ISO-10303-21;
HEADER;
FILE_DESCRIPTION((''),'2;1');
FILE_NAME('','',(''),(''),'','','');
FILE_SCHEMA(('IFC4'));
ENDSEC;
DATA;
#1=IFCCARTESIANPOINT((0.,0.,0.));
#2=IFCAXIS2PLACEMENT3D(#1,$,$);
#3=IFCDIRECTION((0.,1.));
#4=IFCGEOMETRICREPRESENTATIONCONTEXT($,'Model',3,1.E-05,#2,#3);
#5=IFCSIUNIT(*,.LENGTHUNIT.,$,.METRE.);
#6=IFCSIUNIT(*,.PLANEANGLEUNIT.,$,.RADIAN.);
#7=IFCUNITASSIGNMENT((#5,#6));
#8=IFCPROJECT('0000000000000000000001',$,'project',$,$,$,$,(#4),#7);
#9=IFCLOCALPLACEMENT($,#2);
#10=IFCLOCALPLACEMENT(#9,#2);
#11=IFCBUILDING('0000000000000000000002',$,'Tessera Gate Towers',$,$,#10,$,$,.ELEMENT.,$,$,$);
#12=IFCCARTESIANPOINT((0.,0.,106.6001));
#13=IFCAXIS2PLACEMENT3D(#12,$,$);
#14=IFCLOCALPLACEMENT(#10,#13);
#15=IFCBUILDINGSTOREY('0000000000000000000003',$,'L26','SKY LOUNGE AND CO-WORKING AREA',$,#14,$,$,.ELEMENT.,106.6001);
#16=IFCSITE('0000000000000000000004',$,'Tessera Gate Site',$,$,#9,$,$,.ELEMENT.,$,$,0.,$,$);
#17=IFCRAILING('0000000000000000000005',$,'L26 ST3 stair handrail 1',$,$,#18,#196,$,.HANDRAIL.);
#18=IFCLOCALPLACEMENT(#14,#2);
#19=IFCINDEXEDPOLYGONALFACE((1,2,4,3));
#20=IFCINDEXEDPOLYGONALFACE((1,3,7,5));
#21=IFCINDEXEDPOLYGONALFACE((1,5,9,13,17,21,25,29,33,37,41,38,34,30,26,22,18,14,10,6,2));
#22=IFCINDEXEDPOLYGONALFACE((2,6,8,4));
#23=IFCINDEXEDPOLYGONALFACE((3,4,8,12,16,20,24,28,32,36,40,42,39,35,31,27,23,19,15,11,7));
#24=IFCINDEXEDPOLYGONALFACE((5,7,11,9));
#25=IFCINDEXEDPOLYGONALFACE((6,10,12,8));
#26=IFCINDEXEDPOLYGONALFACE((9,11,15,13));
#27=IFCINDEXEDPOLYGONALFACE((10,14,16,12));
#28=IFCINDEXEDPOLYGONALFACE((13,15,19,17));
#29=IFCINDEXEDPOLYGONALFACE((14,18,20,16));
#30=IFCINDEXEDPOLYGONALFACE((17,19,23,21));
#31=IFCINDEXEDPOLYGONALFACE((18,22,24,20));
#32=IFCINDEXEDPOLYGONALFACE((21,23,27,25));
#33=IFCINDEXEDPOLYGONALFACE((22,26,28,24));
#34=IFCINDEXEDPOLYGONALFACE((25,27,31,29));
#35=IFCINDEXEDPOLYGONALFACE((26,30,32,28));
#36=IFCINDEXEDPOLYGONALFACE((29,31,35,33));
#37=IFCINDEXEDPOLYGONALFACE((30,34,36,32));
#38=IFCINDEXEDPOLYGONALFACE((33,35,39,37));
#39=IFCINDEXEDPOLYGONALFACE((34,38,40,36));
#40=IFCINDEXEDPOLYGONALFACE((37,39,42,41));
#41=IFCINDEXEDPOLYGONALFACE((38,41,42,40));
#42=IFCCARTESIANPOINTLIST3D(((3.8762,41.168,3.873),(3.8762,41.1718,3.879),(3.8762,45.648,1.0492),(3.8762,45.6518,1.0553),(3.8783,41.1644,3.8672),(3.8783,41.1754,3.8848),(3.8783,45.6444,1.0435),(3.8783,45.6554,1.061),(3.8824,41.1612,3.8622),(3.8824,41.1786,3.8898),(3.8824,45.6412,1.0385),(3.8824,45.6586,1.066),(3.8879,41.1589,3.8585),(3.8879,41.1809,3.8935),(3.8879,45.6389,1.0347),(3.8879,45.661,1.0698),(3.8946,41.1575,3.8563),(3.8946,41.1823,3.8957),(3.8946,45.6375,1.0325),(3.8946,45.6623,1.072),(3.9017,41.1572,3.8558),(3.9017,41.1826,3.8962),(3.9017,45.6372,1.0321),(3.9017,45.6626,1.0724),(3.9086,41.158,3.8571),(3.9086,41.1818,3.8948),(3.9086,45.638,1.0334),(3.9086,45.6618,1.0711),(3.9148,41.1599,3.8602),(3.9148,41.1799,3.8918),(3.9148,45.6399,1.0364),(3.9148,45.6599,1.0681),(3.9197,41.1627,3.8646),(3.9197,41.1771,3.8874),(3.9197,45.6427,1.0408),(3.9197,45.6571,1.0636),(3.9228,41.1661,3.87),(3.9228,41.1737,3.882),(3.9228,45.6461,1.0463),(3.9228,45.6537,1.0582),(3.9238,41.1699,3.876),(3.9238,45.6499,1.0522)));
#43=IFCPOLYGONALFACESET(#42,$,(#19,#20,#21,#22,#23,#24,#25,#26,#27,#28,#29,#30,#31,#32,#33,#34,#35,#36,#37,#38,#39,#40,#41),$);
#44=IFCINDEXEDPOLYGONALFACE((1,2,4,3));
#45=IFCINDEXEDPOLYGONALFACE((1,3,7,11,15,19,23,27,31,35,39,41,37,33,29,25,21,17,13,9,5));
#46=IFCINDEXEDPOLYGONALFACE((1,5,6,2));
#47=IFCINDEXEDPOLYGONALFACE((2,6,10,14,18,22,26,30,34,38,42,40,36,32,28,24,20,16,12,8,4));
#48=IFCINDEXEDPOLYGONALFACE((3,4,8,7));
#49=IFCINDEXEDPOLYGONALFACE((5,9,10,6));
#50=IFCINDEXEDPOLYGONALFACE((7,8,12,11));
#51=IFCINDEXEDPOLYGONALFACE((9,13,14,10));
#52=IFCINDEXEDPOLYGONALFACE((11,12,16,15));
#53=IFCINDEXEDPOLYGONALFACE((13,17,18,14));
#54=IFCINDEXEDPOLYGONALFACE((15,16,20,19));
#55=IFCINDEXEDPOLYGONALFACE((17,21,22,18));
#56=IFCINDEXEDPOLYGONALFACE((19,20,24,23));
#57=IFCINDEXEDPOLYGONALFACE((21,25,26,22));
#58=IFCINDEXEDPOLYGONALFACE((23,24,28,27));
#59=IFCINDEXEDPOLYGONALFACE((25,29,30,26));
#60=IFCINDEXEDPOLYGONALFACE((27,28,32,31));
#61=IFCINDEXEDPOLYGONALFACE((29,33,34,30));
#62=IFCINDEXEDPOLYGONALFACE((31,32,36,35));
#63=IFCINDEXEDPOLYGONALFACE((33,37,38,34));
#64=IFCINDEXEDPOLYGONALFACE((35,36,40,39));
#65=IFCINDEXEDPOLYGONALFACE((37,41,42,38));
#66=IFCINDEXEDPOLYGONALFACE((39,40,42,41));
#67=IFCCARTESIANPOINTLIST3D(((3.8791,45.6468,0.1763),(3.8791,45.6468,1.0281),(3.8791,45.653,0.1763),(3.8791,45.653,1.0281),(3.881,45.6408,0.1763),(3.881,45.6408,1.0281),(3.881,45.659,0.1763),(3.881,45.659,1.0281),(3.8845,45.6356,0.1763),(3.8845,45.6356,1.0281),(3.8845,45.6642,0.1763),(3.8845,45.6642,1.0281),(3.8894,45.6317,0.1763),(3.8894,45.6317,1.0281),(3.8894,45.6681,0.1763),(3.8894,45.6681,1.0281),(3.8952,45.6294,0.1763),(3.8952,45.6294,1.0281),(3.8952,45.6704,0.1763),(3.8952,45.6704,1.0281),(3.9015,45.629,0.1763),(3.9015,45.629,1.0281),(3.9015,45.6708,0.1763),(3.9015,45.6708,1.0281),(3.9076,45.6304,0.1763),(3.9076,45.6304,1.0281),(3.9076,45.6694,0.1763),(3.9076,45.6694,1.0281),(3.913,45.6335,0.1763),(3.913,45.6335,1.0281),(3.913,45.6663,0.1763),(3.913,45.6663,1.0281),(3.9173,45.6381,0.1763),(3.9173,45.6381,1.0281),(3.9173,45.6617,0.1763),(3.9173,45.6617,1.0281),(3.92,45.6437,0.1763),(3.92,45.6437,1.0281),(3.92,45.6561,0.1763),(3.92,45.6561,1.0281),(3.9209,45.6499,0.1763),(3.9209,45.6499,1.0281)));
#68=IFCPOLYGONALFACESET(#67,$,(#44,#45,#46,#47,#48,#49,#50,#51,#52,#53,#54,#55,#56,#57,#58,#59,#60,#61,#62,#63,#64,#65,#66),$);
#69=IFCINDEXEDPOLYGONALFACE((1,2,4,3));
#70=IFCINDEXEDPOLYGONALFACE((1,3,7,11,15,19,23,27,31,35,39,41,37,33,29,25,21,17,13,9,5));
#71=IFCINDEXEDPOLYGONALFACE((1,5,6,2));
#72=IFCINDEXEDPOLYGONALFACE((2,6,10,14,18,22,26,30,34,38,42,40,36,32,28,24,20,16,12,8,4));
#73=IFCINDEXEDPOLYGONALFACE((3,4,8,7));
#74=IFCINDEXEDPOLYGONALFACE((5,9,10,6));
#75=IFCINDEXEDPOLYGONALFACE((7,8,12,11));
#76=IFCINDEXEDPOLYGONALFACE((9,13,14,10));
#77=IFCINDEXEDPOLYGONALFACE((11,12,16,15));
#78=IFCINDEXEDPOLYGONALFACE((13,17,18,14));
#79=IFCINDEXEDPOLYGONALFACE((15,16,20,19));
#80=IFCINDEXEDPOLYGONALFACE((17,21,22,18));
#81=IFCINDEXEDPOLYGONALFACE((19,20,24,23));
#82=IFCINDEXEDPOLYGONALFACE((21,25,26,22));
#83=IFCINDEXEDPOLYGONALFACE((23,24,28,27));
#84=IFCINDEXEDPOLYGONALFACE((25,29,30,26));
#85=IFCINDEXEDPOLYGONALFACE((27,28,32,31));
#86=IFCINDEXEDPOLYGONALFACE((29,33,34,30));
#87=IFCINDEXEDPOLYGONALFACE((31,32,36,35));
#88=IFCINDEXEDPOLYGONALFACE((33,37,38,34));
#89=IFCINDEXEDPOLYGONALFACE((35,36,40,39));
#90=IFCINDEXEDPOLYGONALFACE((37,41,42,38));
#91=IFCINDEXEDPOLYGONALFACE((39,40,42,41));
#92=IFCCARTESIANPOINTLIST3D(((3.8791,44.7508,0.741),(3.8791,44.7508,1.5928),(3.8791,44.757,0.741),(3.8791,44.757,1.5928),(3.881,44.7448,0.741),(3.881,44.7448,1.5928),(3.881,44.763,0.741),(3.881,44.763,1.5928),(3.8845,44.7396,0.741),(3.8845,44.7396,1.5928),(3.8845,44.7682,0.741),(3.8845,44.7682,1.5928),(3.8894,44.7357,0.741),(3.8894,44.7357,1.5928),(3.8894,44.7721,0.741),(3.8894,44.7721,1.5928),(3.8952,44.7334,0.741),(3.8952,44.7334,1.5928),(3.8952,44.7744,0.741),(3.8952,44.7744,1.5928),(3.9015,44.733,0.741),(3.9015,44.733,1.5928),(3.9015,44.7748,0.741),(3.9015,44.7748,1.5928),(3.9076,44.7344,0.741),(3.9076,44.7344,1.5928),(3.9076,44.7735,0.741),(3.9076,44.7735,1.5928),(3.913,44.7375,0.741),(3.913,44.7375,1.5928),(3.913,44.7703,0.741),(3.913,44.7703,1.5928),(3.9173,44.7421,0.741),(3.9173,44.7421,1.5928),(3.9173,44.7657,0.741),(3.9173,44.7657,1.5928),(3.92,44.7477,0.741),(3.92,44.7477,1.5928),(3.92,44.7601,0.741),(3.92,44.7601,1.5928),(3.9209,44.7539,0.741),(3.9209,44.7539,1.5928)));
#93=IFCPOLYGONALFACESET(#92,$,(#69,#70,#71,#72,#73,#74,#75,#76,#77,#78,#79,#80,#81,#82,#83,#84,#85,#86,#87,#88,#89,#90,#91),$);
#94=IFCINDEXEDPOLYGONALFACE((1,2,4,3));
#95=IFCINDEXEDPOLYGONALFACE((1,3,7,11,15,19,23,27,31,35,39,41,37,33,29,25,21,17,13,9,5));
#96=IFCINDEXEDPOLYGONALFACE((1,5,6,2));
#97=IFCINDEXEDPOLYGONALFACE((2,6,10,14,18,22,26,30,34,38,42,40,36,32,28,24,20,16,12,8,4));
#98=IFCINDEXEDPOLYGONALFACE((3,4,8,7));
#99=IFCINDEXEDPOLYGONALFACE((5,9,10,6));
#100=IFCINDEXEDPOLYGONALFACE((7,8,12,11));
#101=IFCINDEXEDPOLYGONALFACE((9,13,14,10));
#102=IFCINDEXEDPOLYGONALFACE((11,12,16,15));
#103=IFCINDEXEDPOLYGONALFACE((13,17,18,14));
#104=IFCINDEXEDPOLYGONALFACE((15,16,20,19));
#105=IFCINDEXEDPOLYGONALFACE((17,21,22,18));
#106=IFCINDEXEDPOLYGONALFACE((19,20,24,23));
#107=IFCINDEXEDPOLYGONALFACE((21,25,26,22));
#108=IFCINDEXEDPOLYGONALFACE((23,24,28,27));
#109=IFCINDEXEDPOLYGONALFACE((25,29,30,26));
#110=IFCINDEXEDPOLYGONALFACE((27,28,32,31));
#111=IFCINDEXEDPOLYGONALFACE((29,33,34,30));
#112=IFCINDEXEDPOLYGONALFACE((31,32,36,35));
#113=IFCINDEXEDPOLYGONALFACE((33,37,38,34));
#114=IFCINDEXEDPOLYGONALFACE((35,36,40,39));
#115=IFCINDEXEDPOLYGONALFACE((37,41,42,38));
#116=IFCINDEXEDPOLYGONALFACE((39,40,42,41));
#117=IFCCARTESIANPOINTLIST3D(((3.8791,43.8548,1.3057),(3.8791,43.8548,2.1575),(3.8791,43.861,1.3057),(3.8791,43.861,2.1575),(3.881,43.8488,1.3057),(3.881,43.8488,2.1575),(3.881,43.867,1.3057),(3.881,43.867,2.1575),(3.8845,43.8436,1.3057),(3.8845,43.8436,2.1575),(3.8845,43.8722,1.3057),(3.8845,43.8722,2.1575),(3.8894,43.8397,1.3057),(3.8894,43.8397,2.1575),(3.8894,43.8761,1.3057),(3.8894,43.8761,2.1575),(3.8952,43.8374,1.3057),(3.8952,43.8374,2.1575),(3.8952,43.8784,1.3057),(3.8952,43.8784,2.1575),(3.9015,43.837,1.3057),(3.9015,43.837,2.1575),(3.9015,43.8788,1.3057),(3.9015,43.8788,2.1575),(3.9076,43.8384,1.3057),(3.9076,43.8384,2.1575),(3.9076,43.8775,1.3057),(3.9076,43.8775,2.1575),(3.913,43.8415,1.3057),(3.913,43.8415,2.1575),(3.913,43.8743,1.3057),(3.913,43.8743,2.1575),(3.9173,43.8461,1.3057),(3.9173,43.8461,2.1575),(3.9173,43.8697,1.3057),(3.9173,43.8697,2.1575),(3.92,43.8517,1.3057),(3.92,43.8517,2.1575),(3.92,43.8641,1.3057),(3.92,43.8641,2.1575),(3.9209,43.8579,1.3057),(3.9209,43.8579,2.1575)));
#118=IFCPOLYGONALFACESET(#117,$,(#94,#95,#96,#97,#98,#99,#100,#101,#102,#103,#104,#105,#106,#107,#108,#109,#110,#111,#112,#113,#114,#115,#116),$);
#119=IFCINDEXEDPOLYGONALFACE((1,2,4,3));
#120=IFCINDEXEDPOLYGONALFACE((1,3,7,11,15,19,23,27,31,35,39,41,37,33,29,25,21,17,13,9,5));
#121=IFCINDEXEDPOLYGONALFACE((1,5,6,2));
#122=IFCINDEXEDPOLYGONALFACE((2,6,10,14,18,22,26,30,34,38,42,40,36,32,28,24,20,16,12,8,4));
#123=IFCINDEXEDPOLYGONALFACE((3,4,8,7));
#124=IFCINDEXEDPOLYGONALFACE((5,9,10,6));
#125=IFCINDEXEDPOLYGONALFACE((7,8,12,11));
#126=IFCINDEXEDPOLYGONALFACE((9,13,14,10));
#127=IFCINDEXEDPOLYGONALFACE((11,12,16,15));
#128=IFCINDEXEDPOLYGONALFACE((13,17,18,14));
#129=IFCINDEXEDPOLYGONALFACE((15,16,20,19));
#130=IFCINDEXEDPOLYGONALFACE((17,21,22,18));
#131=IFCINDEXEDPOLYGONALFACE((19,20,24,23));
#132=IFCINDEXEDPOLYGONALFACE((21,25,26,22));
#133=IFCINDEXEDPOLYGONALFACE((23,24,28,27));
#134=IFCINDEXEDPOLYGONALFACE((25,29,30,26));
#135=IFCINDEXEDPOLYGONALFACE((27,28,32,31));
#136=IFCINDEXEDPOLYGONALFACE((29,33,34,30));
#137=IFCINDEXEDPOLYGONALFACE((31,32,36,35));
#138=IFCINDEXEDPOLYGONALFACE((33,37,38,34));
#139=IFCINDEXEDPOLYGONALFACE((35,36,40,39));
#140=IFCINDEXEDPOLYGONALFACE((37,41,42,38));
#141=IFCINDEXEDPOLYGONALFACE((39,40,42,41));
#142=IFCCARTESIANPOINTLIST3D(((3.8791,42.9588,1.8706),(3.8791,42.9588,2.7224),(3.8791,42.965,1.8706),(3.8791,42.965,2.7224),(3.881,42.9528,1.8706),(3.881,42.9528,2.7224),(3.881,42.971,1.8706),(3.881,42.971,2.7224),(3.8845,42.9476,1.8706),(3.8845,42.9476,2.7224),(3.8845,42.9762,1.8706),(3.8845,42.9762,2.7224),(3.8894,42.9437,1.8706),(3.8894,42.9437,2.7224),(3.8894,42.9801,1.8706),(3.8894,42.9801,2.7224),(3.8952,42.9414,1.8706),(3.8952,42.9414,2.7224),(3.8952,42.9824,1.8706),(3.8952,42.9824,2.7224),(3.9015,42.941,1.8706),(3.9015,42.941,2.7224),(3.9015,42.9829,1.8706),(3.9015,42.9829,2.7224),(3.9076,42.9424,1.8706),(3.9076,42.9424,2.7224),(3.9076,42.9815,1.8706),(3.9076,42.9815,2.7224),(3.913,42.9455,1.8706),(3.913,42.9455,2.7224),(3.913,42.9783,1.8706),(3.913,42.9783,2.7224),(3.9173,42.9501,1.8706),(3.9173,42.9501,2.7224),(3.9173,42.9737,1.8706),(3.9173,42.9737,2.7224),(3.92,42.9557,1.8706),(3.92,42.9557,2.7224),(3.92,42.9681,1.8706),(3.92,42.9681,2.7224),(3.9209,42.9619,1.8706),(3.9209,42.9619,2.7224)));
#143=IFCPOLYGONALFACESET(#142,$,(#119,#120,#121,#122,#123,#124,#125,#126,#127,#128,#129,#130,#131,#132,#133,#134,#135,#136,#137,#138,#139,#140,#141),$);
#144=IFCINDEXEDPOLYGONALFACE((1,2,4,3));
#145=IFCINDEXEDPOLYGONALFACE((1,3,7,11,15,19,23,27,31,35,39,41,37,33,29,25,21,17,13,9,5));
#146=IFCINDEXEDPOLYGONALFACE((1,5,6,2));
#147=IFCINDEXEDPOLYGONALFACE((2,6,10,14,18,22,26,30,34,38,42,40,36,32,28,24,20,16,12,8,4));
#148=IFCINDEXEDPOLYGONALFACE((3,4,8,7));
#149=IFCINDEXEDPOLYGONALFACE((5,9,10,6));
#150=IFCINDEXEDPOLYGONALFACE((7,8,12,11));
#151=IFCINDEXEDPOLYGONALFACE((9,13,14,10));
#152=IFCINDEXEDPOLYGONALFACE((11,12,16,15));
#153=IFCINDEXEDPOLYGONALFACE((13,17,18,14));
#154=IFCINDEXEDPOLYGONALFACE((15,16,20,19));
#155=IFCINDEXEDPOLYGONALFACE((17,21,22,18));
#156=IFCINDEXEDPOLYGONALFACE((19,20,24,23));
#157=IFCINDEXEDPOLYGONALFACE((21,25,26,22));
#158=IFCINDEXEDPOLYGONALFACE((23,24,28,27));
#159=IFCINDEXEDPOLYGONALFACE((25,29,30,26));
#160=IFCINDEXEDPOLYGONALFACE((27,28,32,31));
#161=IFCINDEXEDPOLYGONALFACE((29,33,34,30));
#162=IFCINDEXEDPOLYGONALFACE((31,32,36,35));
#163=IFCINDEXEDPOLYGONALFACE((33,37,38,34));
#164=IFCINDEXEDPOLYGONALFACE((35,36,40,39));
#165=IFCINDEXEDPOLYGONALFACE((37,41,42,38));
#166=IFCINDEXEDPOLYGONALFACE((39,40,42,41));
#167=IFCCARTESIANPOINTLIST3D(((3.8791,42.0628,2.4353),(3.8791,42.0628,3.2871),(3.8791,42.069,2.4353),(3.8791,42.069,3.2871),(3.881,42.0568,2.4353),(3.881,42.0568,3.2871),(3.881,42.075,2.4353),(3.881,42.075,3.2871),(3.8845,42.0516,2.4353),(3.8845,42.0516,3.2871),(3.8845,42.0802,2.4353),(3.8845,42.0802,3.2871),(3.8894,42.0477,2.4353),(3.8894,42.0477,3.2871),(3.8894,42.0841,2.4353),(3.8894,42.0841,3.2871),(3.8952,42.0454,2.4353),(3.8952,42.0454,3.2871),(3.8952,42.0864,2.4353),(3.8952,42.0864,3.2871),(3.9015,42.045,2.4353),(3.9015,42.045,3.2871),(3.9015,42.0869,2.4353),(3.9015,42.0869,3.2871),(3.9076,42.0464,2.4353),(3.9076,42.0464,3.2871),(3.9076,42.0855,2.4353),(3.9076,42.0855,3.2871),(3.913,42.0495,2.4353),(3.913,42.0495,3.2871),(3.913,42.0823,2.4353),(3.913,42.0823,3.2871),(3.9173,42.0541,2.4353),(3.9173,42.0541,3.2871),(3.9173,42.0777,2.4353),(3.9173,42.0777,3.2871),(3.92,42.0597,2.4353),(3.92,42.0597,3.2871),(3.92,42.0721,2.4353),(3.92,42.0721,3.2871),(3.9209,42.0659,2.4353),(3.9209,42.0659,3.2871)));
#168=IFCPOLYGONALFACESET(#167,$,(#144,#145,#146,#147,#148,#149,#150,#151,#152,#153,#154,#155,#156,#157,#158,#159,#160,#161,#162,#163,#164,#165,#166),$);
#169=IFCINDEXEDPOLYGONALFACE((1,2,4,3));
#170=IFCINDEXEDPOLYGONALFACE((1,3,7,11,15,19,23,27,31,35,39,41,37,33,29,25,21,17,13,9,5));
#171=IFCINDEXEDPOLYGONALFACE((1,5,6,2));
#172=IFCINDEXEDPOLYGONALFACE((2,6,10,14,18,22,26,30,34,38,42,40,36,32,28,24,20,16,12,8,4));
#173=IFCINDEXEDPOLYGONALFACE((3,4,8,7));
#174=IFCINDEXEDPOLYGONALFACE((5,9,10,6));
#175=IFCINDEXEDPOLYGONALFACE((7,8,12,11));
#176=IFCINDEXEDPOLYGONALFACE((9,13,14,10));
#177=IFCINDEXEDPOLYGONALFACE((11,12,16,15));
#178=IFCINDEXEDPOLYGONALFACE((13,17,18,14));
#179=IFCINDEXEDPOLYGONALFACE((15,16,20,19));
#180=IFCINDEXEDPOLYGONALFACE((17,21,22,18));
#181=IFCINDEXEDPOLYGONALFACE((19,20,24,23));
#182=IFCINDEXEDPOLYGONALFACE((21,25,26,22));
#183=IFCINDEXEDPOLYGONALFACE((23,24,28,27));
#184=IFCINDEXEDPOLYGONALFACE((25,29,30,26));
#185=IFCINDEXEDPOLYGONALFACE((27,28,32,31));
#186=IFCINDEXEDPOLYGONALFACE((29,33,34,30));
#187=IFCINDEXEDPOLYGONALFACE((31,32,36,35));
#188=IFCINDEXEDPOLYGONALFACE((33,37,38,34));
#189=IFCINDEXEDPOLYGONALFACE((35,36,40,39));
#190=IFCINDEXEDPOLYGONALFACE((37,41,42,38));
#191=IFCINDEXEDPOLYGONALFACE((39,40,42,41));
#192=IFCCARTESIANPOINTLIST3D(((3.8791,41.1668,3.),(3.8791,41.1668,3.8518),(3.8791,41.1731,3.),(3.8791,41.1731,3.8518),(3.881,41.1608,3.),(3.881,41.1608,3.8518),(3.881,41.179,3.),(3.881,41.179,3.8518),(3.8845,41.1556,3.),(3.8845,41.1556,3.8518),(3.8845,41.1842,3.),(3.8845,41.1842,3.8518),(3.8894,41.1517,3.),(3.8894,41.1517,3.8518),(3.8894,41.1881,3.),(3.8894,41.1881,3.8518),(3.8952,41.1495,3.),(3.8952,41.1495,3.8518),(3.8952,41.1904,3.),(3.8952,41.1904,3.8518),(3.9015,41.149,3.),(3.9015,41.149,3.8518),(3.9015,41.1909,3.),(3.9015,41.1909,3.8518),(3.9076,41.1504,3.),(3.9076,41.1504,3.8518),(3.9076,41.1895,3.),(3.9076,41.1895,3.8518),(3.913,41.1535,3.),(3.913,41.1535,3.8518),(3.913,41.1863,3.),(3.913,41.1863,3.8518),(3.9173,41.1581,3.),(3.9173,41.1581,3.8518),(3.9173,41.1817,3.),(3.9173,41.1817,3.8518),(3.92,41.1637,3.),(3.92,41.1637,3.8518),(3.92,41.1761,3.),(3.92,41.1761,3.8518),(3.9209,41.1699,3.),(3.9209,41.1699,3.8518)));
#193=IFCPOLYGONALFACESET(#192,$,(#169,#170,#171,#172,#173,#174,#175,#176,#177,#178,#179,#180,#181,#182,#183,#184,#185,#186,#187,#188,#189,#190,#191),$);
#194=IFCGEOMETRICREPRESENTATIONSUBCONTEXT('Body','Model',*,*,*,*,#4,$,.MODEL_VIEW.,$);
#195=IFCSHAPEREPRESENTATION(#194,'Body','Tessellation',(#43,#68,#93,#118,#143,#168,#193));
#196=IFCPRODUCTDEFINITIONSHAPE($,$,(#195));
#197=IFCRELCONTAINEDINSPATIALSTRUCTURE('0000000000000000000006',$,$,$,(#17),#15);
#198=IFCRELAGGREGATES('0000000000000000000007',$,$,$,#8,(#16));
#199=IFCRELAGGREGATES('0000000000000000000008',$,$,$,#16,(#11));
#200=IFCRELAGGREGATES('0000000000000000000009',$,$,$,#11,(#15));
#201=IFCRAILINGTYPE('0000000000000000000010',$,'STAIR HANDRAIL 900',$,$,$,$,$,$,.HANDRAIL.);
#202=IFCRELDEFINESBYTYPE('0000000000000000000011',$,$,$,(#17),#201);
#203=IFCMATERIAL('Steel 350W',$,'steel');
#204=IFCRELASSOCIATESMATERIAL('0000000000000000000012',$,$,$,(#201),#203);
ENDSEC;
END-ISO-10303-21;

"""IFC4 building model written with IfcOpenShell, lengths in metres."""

from ifc_helpers import new_model, si_unit, direction, frame, origin, origin_2d, place, context, subcontext, project, spatial, circle, extrude, material, type_object, element, save


model = new_model("IFC4")

# Units and contexts
model_context = context("Model", 3, precision=1e-05, world=origin(), true_north=direction((0.0, 1.0)))
body_context = subcontext(model_context, "Body", "Model", "MODEL_VIEW")
ifc_project = project(units=[si_unit("LENGTHUNIT", "METRE"), si_unit("PLANEANGLEUNIT", "RADIAN")], contexts=[model_context])

# Site, building, storey
site_placement = place(None, origin())
site = spatial("IfcSite", under=ifc_project, at=site_placement, Name="Tessera Gate Site", CompositionType="ELEMENT", RefElevation=0.0)
building_placement = place(site_placement, origin())
building = spatial("IfcBuilding", under=site, at=building_placement, Name="Tessera Gate Towers", CompositionType="ELEMENT")
storey_placement = place(building_placement, frame((0.0, 0.0, 106.6001)))
storey = spatial("IfcBuildingStorey", under=building, at=storey_placement, Name="L26", Description="SKY LOUNGE AND CO-WORKING AREA", CompositionType="ELEMENT", Elevation=106.6001)

# Railing
ifc_material_1 = material(Name="Steel 350W", Category="steel")
railing_type = type_object("IfcRailingType", Name="STAIR HANDRAIL 900", PredefinedType="HANDRAIL", material=ifc_material_1)
railing_1_placement = place(storey_placement, frame((3.8999, 45.6499, 0.1763)))
element("IfcRailing", 1, at=railing_1_placement, inside=storey, type_object=railing_type, Name="L26 ST3 stair handrail 1", PredefinedType="HANDRAIL", context=body_context, shape_type="SweptSolid", body=[
    extrude(circle(Radius=0.0239, at=origin_2d()), frame((0.0, 0.0, 0.876), z_axis=(0.0, -0.845977, 0.533219), x_axis=(1.0, 0.0, 0.0)), (0.0, 0.0, 1.0), 5.2957),
    extrude(circle(Radius=0.021, at=origin_2d()), origin(), (0.0, 0.0, 1.0), 0.8518),
    extrude(circle(Radius=0.021, at=origin_2d()), frame((0.0, -0.896, 0.5647)), (0.0, 0.0, 1.0), 0.8518),
    extrude(circle(Radius=0.021, at=origin_2d()), frame((0.0, -1.792, 1.1294)), (0.0, 0.0, 1.0), 0.8518),
    extrude(circle(Radius=0.021, at=origin_2d()), frame((0.0, -2.688, 1.6943)), (0.0, 0.0, 1.0), 0.8518),
    extrude(circle(Radius=0.021, at=origin_2d()), frame((0.0, -3.584, 2.259)), (0.0, 0.0, 1.0), 0.8518),
    extrude(circle(Radius=0.021, at=origin_2d()), frame((0.0, -4.48, 2.8237)), (0.0, 0.0, 1.0), 0.8518),
])

save(model, "model.ifc")
